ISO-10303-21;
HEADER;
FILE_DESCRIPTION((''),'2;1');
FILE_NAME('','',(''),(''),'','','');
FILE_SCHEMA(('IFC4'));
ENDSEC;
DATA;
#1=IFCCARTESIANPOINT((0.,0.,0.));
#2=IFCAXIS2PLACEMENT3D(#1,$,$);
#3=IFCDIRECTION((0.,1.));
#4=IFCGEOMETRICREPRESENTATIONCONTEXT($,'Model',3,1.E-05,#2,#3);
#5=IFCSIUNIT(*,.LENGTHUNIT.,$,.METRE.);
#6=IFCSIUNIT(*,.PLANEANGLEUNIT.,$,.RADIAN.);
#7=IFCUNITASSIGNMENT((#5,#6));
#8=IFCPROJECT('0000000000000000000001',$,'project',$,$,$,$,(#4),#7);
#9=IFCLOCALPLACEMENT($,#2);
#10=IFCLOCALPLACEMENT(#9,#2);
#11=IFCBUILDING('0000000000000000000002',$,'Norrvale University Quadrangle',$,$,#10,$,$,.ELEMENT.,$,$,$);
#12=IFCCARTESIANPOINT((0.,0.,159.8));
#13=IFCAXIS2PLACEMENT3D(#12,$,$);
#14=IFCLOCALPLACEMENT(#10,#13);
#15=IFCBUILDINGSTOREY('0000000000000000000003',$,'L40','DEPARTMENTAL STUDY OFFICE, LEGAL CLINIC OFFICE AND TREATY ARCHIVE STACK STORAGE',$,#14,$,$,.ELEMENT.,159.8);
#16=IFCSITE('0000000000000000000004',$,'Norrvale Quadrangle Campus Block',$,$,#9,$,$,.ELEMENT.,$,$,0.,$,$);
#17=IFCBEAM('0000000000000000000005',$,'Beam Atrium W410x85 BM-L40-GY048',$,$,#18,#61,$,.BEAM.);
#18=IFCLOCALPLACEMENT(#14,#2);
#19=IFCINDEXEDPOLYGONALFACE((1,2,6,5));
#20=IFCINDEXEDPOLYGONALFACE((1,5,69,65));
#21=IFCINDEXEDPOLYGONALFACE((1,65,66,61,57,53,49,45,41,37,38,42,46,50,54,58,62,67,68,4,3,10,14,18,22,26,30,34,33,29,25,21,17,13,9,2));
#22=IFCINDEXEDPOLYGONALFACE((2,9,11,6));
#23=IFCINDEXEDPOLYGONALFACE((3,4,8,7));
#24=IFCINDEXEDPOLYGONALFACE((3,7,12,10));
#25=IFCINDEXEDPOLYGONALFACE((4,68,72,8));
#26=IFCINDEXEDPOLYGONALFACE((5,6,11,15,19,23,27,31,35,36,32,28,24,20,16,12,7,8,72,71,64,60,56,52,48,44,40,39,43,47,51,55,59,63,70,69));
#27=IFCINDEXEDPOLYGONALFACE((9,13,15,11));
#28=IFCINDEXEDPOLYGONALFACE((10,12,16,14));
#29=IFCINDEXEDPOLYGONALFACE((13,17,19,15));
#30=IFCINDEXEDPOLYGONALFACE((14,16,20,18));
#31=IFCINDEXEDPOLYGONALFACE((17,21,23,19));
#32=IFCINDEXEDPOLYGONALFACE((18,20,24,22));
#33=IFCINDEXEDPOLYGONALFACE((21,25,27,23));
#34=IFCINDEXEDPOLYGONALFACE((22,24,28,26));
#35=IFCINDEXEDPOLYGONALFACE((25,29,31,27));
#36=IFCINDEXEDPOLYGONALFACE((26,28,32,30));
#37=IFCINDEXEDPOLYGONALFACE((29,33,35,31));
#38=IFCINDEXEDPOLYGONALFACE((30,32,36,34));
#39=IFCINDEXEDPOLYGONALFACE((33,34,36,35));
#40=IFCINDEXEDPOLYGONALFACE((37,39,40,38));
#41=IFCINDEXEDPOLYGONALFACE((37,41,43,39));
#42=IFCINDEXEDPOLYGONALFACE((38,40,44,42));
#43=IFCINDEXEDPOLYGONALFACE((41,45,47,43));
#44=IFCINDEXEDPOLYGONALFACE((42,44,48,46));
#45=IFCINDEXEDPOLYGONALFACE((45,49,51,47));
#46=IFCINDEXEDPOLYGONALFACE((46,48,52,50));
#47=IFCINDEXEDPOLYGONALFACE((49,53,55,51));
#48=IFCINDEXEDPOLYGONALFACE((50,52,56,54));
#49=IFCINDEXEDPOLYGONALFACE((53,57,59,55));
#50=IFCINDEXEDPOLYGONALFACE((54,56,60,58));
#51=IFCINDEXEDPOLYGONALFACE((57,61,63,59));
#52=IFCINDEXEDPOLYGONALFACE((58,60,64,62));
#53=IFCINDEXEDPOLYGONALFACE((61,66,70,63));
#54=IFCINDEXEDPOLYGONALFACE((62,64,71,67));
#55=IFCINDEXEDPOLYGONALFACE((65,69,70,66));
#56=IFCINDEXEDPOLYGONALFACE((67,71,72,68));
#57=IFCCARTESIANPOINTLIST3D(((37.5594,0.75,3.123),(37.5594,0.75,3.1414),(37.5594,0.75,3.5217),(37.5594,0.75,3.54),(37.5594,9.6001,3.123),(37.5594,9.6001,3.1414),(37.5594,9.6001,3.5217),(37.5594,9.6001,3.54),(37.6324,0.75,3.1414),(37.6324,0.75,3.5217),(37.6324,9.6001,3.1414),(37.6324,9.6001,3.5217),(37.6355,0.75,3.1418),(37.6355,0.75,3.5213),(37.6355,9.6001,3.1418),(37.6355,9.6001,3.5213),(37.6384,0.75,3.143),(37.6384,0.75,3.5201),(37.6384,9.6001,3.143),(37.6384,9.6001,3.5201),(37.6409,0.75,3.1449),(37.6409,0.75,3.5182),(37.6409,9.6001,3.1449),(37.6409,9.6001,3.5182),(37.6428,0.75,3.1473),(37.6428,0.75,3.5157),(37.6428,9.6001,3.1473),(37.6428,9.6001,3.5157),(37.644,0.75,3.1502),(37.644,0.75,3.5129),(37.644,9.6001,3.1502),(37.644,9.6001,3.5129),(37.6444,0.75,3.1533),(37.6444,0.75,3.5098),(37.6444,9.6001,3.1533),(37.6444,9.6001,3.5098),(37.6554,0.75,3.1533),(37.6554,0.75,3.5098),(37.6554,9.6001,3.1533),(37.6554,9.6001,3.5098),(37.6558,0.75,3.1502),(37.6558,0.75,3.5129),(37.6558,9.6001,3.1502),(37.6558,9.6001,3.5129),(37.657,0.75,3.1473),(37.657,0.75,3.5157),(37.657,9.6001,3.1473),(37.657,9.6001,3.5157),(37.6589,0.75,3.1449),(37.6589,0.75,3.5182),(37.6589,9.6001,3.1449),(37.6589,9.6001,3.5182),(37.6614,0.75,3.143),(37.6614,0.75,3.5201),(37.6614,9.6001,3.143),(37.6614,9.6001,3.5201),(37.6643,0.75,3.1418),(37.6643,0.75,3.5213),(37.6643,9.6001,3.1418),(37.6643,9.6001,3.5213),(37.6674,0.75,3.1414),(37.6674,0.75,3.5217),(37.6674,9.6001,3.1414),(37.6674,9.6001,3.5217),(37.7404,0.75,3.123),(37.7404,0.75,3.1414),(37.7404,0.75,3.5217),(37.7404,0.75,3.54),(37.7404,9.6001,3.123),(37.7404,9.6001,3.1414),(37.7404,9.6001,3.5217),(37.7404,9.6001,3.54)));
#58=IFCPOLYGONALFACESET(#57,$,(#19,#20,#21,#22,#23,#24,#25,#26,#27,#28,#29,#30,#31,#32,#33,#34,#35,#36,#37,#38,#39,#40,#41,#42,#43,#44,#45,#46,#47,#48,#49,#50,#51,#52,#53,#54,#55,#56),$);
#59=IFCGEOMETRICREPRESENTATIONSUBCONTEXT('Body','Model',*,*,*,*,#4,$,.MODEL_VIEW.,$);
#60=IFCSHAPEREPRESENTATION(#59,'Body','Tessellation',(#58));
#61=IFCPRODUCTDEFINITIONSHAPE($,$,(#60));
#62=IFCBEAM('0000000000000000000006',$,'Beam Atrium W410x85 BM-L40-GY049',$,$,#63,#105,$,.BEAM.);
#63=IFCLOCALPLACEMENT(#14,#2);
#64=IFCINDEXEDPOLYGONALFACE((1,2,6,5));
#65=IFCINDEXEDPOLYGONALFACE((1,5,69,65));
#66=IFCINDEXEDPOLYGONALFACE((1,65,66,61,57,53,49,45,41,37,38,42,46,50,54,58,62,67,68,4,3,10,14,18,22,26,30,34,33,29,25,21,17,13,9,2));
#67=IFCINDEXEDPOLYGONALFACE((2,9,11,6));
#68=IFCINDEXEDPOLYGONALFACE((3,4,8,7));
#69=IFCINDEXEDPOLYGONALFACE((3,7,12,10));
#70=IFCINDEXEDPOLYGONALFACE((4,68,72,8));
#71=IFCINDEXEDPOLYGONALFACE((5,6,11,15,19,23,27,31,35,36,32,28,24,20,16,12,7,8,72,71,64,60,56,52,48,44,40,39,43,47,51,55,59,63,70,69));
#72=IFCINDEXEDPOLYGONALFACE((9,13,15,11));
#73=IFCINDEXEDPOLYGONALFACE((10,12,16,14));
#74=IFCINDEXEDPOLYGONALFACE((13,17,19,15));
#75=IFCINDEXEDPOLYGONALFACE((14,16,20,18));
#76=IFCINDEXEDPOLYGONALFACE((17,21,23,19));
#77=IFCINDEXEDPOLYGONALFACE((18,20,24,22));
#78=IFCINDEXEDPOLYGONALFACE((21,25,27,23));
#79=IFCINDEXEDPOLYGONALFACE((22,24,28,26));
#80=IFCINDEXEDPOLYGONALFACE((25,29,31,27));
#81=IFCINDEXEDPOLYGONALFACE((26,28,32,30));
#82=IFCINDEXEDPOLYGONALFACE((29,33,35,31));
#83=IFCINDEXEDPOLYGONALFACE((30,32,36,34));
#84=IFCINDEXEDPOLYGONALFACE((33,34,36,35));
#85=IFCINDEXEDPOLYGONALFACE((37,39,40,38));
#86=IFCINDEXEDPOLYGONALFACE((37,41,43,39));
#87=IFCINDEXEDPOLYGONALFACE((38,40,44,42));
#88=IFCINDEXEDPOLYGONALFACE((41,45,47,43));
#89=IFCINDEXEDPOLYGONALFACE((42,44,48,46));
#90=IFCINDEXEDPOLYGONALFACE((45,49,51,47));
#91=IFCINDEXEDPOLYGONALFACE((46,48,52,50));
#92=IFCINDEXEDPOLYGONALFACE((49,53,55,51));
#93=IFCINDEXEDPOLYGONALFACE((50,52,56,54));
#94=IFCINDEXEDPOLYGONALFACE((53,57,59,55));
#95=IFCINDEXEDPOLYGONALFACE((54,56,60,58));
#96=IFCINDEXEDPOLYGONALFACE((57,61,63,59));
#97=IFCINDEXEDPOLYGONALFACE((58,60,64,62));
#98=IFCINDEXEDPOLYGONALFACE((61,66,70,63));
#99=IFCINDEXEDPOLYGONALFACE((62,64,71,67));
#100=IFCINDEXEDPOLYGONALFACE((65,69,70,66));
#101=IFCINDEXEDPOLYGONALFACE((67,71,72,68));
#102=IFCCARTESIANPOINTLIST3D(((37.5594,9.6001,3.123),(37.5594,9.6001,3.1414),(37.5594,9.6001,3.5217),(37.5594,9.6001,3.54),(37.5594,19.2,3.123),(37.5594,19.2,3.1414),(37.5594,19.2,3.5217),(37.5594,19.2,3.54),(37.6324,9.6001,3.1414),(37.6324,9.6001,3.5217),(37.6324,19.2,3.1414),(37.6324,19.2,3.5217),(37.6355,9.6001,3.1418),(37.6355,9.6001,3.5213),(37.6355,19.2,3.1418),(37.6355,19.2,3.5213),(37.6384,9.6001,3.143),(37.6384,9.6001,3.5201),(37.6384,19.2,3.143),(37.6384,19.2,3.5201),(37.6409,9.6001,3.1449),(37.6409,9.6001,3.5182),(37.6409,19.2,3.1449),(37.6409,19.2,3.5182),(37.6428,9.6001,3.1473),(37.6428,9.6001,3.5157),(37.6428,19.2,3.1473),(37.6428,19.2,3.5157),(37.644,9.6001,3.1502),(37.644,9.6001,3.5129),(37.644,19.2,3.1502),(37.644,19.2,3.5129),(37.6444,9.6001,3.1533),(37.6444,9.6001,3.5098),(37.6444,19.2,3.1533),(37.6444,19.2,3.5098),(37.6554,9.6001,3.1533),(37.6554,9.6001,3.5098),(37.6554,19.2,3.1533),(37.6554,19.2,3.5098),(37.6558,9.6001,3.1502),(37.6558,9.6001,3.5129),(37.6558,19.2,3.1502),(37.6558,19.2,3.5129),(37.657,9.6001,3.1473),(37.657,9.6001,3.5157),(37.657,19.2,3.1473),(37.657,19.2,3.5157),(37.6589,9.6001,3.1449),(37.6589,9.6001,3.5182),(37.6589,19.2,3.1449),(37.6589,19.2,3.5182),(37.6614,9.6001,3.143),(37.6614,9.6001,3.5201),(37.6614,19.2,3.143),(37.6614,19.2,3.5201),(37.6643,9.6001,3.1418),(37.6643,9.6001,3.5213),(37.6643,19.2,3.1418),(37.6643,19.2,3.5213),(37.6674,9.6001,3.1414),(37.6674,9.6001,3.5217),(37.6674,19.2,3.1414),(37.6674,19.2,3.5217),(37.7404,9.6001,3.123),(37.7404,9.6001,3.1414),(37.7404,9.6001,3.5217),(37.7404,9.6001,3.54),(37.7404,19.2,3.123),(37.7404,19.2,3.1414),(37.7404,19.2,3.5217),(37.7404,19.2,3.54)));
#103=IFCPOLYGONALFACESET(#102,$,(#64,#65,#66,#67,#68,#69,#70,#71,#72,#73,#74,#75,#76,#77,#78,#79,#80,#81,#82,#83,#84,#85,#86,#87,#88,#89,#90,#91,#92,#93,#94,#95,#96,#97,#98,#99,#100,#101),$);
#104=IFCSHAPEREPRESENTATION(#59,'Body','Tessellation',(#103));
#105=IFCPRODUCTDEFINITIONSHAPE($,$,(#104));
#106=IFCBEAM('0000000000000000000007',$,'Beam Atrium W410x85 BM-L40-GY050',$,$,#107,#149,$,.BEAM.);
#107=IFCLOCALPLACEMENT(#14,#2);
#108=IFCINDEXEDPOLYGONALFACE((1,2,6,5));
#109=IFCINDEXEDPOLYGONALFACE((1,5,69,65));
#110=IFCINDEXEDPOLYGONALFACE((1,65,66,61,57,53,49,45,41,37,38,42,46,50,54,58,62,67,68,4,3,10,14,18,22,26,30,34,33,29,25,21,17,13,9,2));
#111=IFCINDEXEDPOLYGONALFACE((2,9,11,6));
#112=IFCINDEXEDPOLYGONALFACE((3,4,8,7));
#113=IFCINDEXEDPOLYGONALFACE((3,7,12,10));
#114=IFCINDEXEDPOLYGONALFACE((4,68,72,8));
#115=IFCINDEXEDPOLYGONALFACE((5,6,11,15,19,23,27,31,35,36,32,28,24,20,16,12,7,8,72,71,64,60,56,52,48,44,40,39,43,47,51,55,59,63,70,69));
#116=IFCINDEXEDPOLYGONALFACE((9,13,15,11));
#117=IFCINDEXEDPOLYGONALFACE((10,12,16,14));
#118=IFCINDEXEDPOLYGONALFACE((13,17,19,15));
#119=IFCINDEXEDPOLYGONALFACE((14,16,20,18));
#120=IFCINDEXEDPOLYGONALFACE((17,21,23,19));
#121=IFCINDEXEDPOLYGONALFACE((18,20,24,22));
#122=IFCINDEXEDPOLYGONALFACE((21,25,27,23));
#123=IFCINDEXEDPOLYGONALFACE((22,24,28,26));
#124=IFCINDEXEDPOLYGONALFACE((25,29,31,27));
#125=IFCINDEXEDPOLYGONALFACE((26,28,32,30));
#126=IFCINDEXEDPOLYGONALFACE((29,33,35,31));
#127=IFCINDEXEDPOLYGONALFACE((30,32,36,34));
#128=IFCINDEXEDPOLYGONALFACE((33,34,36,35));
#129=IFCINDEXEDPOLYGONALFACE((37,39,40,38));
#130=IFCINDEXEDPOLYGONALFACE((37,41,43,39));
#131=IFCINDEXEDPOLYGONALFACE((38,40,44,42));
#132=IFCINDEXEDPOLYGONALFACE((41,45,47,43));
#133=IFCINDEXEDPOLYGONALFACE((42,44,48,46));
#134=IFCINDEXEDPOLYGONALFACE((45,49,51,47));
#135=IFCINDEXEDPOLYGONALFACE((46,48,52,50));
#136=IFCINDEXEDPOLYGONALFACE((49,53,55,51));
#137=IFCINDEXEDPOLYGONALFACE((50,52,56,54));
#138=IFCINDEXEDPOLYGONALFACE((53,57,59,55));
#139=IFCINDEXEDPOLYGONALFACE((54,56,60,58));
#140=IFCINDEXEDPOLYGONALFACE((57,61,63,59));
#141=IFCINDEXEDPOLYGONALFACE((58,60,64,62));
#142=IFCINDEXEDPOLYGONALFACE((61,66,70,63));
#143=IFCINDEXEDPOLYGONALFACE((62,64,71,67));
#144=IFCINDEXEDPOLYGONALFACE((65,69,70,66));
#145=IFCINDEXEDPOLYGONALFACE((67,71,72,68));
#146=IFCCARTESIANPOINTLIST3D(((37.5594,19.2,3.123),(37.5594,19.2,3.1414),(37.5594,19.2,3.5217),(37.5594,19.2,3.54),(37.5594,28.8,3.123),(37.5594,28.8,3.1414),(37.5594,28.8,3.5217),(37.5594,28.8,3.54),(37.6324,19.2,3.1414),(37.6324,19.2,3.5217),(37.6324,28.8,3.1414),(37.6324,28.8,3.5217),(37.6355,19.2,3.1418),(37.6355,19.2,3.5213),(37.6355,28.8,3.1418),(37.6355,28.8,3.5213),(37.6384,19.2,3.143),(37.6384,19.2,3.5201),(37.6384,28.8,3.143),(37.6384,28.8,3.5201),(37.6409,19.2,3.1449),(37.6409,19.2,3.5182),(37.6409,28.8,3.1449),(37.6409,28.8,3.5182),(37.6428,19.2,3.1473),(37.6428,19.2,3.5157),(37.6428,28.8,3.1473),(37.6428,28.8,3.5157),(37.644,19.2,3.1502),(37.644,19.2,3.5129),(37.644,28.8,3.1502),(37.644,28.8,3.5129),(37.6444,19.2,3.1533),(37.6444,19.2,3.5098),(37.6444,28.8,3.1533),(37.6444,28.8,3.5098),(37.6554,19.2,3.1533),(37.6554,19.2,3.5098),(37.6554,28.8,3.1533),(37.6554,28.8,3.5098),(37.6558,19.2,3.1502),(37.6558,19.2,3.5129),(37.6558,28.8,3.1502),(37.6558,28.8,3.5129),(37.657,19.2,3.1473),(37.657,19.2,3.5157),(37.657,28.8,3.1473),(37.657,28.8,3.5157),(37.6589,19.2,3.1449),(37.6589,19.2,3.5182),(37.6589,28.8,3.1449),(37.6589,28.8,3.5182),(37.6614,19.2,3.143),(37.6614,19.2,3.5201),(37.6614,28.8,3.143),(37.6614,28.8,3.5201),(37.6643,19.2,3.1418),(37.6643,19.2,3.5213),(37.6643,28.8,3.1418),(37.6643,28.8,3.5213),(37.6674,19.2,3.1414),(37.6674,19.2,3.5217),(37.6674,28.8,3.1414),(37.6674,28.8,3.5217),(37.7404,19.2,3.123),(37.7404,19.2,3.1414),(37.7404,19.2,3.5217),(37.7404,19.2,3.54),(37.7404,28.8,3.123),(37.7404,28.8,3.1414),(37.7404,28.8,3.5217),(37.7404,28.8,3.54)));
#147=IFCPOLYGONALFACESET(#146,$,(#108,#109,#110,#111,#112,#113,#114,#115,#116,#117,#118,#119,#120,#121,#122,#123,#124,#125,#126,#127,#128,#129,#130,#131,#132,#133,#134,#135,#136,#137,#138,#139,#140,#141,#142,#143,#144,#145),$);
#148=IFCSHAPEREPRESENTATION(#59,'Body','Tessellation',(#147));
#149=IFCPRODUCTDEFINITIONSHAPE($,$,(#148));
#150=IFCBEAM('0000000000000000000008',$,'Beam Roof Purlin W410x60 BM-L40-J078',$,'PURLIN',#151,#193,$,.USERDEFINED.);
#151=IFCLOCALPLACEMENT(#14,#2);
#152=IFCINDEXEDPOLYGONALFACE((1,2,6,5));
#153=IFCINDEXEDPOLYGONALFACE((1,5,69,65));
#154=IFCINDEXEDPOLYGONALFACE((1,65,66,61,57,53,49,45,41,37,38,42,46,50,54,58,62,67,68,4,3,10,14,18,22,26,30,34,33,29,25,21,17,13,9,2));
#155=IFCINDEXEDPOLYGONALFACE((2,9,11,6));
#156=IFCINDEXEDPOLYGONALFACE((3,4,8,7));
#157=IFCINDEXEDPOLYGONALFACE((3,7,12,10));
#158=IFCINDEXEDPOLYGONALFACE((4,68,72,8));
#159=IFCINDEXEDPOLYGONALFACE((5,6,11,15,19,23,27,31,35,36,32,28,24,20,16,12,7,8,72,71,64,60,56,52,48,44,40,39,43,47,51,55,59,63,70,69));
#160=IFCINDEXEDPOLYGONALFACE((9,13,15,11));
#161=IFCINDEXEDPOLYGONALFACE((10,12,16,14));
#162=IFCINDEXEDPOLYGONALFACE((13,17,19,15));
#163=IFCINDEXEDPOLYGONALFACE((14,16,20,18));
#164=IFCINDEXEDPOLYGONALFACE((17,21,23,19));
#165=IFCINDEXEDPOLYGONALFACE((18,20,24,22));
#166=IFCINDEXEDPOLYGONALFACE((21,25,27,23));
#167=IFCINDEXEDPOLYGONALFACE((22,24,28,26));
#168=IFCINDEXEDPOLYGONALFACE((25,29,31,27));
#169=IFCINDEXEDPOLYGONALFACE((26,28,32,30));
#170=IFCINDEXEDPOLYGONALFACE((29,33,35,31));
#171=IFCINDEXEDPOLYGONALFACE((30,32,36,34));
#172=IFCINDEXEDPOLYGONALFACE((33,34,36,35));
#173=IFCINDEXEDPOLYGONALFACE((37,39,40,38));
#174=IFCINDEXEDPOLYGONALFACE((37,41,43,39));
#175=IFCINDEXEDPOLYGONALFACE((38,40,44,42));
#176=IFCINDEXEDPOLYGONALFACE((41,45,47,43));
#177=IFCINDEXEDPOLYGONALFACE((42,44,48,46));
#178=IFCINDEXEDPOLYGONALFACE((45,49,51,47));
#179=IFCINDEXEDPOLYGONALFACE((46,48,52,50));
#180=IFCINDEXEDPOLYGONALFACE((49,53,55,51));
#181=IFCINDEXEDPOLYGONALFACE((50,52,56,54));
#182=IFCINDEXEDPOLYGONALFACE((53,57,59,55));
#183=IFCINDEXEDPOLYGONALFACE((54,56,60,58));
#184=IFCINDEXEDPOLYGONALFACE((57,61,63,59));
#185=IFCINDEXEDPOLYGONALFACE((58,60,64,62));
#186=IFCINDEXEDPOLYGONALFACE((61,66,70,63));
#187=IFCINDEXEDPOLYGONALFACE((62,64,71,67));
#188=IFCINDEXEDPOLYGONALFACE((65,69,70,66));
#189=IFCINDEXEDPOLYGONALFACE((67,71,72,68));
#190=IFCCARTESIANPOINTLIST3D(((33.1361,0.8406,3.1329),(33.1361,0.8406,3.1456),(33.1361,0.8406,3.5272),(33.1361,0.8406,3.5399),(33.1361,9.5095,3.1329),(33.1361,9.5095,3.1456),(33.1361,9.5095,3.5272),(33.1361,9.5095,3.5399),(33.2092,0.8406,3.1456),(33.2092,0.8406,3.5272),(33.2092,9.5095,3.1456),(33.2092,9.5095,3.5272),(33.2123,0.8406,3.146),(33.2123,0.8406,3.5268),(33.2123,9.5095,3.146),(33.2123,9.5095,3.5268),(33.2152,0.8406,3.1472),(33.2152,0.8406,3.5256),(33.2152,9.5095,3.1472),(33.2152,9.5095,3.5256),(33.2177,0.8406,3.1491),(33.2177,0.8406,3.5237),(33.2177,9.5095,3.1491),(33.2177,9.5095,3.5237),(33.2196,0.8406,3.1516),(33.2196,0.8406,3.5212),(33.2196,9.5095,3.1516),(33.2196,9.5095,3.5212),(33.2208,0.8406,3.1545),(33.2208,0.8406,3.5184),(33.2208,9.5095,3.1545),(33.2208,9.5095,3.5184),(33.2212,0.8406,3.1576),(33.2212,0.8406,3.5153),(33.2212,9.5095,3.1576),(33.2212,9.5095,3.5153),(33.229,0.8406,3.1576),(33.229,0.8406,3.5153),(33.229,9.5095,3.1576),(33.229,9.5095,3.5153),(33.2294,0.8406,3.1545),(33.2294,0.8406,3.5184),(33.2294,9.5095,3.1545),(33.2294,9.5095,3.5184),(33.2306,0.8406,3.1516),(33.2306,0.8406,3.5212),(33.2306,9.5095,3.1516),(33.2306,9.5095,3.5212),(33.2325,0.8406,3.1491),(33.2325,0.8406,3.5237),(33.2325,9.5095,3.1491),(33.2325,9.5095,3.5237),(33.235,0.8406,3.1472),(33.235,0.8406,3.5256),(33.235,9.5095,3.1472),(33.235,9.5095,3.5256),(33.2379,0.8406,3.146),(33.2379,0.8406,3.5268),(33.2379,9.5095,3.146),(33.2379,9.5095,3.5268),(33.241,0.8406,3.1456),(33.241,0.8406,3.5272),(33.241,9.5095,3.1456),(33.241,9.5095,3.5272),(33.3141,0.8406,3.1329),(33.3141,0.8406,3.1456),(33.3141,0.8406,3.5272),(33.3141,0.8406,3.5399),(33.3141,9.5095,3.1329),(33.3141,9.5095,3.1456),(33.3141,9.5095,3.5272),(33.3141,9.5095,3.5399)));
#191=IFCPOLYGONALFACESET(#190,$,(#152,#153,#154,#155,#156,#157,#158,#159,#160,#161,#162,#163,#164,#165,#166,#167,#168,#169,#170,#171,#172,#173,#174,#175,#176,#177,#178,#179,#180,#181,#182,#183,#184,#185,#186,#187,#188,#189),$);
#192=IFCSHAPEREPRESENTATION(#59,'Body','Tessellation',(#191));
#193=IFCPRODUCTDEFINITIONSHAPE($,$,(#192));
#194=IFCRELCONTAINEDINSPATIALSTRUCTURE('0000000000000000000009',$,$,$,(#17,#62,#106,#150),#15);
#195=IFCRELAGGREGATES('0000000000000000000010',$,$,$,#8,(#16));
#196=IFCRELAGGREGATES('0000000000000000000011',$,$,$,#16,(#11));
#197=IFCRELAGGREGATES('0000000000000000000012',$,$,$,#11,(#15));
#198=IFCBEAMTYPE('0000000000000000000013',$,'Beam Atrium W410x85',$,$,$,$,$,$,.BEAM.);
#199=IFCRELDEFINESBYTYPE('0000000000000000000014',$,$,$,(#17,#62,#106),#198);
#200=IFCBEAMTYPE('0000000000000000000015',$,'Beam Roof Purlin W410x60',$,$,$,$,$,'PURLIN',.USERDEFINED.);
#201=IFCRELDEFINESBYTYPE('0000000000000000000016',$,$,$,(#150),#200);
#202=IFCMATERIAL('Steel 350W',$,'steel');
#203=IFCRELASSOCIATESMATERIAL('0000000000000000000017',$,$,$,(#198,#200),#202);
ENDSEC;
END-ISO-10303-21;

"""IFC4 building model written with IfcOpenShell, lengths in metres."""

from ifc_helpers import new_model, si_unit, direction, frame, origin, origin_2d, place, context, subcontext, project, spatial, i_section, extrude, material, material_profile, profile_set, type_object, element, save


model = new_model("IFC4")

# Units and contexts
model_context = context("Model", 3, precision=1e-05, world=origin(), true_north=direction((0.0, 1.0)))
body_context = subcontext(model_context, "Body", "Model", "MODEL_VIEW")
ifc_project = project(units=[si_unit("LENGTHUNIT", "METRE"), si_unit("PLANEANGLEUNIT", "RADIAN")], contexts=[model_context])

# Site, building, storey
site_placement = place(None, origin())
site = spatial("IfcSite", under=ifc_project, at=site_placement, Name="Norrvale Quadrangle Campus Block", CompositionType="ELEMENT", RefElevation=0.0)
building_placement = place(site_placement, origin())
building = spatial("IfcBuilding", under=site, at=building_placement, Name="Norrvale University Quadrangle", CompositionType="ELEMENT")
storey_placement = place(building_placement, frame((0.0, 0.0, 159.8)))
storey = spatial("IfcBuildingStorey", under=building, at=storey_placement, Name="L40", Description="DEPARTMENTAL STUDY OFFICE, LEGAL CLINIC OFFICE AND TREATY ARCHIVE STACK STORAGE", CompositionType="ELEMENT", Elevation=159.8)

# Beams
ifc_material_1 = material(Name="Steel 350W", Category="steel")
ifc_material_profile_1 = material_profile(ifc_material_1, i_section(OverallWidth=0.1809, OverallDepth=0.417, WebThickness=0.011, FlangeThickness=0.0183, FilletRadius=0.012, at=origin_2d()), Name="Steel 350W")
ifc_profile_set_1 = profile_set([ifc_material_profile_1], Name="Steel 350W")
beam_type_1 = type_object("IfcBeamType", Name="Beam Atrium W410x85", PredefinedType="BEAM", material=ifc_profile_set_1)
beam_1_placement = place(storey_placement, frame((37.6499, 0.75, 3.3315), z_axis=(0.0, 1.0, 0.0), x_axis=(-1.0, 0.0, 0.0)))
element("IfcBeam", 1, at=beam_1_placement, inside=storey, type_object=beam_type_1, Name="Beam Atrium W410x85 BM-L40-GY048", PredefinedType="BEAM", context=body_context, shape_type="SweptSolid", body=[
    extrude(i_section(OverallWidth=0.1809, OverallDepth=0.417, WebThickness=0.011, FlangeThickness=0.0183, FilletRadius=0.012, at=origin_2d()), origin(), (0.0, 0.0, 1.0), 8.8501),
])
beam_2_placement = place(storey_placement, frame((37.6499, 9.6001, 3.3315), z_axis=(0.0, 1.0, 0.0), x_axis=(-1.0, 0.0, 0.0)))
element("IfcBeam", 2, at=beam_2_placement, inside=storey, type_object=beam_type_1, Name="Beam Atrium W410x85 BM-L40-GY049", PredefinedType="BEAM", context=body_context, shape_type="SweptSolid", body=[
    extrude(i_section(OverallWidth=0.1809, OverallDepth=0.417, WebThickness=0.011, FlangeThickness=0.0183, FilletRadius=0.012, at=origin_2d()), origin(), (0.0, 0.0, 1.0), 9.5999),
])
beam_3_placement = place(storey_placement, frame((37.6499, 19.2, 3.3315), z_axis=(0.0, 1.0, 0.0), x_axis=(-1.0, 0.0, 0.0)))
element("IfcBeam", 3, at=beam_3_placement, inside=storey, type_object=beam_type_1, Name="Beam Atrium W410x85 BM-L40-GY050", PredefinedType="BEAM", context=body_context, shape_type="SweptSolid", body=[
    extrude(i_section(OverallWidth=0.1809, OverallDepth=0.417, WebThickness=0.011, FlangeThickness=0.0183, FilletRadius=0.012, at=origin_2d()), origin(), (0.0, 0.0, 1.0), 9.6001),
])
ifc_material_profile_2 = material_profile(ifc_material_1, i_section(OverallWidth=0.178, OverallDepth=0.407, WebThickness=0.0078, FlangeThickness=0.0127, FilletRadius=0.012, at=origin_2d()), Name="Steel 350W")
ifc_profile_set_2 = profile_set([ifc_material_profile_2], Name="Steel 350W")
beam_type_2 = type_object("IfcBeamType", Name="Beam Roof Purlin W410x60", ElementType="PURLIN", PredefinedType="USERDEFINED", material=ifc_profile_set_2)
beam_4_placement = place(storey_placement, frame((33.2251, 0.8406, 3.3364), z_axis=(0.0, 1.0, 0.0), x_axis=(-1.0, 0.0, 0.0)))
element("IfcBeam", 4, at=beam_4_placement, inside=storey, type_object=beam_type_2, Name="Beam Roof Purlin W410x60 BM-L40-J078", ObjectType="PURLIN", PredefinedType="USERDEFINED", context=body_context, shape_type="SweptSolid", body=[
    extrude(i_section(OverallWidth=0.178, OverallDepth=0.407, WebThickness=0.0078, FlangeThickness=0.0127, FilletRadius=0.012, at=origin_2d()), origin(), (0.0, 0.0, 1.0), 8.6689),
])

save(model, "model.ifc")
